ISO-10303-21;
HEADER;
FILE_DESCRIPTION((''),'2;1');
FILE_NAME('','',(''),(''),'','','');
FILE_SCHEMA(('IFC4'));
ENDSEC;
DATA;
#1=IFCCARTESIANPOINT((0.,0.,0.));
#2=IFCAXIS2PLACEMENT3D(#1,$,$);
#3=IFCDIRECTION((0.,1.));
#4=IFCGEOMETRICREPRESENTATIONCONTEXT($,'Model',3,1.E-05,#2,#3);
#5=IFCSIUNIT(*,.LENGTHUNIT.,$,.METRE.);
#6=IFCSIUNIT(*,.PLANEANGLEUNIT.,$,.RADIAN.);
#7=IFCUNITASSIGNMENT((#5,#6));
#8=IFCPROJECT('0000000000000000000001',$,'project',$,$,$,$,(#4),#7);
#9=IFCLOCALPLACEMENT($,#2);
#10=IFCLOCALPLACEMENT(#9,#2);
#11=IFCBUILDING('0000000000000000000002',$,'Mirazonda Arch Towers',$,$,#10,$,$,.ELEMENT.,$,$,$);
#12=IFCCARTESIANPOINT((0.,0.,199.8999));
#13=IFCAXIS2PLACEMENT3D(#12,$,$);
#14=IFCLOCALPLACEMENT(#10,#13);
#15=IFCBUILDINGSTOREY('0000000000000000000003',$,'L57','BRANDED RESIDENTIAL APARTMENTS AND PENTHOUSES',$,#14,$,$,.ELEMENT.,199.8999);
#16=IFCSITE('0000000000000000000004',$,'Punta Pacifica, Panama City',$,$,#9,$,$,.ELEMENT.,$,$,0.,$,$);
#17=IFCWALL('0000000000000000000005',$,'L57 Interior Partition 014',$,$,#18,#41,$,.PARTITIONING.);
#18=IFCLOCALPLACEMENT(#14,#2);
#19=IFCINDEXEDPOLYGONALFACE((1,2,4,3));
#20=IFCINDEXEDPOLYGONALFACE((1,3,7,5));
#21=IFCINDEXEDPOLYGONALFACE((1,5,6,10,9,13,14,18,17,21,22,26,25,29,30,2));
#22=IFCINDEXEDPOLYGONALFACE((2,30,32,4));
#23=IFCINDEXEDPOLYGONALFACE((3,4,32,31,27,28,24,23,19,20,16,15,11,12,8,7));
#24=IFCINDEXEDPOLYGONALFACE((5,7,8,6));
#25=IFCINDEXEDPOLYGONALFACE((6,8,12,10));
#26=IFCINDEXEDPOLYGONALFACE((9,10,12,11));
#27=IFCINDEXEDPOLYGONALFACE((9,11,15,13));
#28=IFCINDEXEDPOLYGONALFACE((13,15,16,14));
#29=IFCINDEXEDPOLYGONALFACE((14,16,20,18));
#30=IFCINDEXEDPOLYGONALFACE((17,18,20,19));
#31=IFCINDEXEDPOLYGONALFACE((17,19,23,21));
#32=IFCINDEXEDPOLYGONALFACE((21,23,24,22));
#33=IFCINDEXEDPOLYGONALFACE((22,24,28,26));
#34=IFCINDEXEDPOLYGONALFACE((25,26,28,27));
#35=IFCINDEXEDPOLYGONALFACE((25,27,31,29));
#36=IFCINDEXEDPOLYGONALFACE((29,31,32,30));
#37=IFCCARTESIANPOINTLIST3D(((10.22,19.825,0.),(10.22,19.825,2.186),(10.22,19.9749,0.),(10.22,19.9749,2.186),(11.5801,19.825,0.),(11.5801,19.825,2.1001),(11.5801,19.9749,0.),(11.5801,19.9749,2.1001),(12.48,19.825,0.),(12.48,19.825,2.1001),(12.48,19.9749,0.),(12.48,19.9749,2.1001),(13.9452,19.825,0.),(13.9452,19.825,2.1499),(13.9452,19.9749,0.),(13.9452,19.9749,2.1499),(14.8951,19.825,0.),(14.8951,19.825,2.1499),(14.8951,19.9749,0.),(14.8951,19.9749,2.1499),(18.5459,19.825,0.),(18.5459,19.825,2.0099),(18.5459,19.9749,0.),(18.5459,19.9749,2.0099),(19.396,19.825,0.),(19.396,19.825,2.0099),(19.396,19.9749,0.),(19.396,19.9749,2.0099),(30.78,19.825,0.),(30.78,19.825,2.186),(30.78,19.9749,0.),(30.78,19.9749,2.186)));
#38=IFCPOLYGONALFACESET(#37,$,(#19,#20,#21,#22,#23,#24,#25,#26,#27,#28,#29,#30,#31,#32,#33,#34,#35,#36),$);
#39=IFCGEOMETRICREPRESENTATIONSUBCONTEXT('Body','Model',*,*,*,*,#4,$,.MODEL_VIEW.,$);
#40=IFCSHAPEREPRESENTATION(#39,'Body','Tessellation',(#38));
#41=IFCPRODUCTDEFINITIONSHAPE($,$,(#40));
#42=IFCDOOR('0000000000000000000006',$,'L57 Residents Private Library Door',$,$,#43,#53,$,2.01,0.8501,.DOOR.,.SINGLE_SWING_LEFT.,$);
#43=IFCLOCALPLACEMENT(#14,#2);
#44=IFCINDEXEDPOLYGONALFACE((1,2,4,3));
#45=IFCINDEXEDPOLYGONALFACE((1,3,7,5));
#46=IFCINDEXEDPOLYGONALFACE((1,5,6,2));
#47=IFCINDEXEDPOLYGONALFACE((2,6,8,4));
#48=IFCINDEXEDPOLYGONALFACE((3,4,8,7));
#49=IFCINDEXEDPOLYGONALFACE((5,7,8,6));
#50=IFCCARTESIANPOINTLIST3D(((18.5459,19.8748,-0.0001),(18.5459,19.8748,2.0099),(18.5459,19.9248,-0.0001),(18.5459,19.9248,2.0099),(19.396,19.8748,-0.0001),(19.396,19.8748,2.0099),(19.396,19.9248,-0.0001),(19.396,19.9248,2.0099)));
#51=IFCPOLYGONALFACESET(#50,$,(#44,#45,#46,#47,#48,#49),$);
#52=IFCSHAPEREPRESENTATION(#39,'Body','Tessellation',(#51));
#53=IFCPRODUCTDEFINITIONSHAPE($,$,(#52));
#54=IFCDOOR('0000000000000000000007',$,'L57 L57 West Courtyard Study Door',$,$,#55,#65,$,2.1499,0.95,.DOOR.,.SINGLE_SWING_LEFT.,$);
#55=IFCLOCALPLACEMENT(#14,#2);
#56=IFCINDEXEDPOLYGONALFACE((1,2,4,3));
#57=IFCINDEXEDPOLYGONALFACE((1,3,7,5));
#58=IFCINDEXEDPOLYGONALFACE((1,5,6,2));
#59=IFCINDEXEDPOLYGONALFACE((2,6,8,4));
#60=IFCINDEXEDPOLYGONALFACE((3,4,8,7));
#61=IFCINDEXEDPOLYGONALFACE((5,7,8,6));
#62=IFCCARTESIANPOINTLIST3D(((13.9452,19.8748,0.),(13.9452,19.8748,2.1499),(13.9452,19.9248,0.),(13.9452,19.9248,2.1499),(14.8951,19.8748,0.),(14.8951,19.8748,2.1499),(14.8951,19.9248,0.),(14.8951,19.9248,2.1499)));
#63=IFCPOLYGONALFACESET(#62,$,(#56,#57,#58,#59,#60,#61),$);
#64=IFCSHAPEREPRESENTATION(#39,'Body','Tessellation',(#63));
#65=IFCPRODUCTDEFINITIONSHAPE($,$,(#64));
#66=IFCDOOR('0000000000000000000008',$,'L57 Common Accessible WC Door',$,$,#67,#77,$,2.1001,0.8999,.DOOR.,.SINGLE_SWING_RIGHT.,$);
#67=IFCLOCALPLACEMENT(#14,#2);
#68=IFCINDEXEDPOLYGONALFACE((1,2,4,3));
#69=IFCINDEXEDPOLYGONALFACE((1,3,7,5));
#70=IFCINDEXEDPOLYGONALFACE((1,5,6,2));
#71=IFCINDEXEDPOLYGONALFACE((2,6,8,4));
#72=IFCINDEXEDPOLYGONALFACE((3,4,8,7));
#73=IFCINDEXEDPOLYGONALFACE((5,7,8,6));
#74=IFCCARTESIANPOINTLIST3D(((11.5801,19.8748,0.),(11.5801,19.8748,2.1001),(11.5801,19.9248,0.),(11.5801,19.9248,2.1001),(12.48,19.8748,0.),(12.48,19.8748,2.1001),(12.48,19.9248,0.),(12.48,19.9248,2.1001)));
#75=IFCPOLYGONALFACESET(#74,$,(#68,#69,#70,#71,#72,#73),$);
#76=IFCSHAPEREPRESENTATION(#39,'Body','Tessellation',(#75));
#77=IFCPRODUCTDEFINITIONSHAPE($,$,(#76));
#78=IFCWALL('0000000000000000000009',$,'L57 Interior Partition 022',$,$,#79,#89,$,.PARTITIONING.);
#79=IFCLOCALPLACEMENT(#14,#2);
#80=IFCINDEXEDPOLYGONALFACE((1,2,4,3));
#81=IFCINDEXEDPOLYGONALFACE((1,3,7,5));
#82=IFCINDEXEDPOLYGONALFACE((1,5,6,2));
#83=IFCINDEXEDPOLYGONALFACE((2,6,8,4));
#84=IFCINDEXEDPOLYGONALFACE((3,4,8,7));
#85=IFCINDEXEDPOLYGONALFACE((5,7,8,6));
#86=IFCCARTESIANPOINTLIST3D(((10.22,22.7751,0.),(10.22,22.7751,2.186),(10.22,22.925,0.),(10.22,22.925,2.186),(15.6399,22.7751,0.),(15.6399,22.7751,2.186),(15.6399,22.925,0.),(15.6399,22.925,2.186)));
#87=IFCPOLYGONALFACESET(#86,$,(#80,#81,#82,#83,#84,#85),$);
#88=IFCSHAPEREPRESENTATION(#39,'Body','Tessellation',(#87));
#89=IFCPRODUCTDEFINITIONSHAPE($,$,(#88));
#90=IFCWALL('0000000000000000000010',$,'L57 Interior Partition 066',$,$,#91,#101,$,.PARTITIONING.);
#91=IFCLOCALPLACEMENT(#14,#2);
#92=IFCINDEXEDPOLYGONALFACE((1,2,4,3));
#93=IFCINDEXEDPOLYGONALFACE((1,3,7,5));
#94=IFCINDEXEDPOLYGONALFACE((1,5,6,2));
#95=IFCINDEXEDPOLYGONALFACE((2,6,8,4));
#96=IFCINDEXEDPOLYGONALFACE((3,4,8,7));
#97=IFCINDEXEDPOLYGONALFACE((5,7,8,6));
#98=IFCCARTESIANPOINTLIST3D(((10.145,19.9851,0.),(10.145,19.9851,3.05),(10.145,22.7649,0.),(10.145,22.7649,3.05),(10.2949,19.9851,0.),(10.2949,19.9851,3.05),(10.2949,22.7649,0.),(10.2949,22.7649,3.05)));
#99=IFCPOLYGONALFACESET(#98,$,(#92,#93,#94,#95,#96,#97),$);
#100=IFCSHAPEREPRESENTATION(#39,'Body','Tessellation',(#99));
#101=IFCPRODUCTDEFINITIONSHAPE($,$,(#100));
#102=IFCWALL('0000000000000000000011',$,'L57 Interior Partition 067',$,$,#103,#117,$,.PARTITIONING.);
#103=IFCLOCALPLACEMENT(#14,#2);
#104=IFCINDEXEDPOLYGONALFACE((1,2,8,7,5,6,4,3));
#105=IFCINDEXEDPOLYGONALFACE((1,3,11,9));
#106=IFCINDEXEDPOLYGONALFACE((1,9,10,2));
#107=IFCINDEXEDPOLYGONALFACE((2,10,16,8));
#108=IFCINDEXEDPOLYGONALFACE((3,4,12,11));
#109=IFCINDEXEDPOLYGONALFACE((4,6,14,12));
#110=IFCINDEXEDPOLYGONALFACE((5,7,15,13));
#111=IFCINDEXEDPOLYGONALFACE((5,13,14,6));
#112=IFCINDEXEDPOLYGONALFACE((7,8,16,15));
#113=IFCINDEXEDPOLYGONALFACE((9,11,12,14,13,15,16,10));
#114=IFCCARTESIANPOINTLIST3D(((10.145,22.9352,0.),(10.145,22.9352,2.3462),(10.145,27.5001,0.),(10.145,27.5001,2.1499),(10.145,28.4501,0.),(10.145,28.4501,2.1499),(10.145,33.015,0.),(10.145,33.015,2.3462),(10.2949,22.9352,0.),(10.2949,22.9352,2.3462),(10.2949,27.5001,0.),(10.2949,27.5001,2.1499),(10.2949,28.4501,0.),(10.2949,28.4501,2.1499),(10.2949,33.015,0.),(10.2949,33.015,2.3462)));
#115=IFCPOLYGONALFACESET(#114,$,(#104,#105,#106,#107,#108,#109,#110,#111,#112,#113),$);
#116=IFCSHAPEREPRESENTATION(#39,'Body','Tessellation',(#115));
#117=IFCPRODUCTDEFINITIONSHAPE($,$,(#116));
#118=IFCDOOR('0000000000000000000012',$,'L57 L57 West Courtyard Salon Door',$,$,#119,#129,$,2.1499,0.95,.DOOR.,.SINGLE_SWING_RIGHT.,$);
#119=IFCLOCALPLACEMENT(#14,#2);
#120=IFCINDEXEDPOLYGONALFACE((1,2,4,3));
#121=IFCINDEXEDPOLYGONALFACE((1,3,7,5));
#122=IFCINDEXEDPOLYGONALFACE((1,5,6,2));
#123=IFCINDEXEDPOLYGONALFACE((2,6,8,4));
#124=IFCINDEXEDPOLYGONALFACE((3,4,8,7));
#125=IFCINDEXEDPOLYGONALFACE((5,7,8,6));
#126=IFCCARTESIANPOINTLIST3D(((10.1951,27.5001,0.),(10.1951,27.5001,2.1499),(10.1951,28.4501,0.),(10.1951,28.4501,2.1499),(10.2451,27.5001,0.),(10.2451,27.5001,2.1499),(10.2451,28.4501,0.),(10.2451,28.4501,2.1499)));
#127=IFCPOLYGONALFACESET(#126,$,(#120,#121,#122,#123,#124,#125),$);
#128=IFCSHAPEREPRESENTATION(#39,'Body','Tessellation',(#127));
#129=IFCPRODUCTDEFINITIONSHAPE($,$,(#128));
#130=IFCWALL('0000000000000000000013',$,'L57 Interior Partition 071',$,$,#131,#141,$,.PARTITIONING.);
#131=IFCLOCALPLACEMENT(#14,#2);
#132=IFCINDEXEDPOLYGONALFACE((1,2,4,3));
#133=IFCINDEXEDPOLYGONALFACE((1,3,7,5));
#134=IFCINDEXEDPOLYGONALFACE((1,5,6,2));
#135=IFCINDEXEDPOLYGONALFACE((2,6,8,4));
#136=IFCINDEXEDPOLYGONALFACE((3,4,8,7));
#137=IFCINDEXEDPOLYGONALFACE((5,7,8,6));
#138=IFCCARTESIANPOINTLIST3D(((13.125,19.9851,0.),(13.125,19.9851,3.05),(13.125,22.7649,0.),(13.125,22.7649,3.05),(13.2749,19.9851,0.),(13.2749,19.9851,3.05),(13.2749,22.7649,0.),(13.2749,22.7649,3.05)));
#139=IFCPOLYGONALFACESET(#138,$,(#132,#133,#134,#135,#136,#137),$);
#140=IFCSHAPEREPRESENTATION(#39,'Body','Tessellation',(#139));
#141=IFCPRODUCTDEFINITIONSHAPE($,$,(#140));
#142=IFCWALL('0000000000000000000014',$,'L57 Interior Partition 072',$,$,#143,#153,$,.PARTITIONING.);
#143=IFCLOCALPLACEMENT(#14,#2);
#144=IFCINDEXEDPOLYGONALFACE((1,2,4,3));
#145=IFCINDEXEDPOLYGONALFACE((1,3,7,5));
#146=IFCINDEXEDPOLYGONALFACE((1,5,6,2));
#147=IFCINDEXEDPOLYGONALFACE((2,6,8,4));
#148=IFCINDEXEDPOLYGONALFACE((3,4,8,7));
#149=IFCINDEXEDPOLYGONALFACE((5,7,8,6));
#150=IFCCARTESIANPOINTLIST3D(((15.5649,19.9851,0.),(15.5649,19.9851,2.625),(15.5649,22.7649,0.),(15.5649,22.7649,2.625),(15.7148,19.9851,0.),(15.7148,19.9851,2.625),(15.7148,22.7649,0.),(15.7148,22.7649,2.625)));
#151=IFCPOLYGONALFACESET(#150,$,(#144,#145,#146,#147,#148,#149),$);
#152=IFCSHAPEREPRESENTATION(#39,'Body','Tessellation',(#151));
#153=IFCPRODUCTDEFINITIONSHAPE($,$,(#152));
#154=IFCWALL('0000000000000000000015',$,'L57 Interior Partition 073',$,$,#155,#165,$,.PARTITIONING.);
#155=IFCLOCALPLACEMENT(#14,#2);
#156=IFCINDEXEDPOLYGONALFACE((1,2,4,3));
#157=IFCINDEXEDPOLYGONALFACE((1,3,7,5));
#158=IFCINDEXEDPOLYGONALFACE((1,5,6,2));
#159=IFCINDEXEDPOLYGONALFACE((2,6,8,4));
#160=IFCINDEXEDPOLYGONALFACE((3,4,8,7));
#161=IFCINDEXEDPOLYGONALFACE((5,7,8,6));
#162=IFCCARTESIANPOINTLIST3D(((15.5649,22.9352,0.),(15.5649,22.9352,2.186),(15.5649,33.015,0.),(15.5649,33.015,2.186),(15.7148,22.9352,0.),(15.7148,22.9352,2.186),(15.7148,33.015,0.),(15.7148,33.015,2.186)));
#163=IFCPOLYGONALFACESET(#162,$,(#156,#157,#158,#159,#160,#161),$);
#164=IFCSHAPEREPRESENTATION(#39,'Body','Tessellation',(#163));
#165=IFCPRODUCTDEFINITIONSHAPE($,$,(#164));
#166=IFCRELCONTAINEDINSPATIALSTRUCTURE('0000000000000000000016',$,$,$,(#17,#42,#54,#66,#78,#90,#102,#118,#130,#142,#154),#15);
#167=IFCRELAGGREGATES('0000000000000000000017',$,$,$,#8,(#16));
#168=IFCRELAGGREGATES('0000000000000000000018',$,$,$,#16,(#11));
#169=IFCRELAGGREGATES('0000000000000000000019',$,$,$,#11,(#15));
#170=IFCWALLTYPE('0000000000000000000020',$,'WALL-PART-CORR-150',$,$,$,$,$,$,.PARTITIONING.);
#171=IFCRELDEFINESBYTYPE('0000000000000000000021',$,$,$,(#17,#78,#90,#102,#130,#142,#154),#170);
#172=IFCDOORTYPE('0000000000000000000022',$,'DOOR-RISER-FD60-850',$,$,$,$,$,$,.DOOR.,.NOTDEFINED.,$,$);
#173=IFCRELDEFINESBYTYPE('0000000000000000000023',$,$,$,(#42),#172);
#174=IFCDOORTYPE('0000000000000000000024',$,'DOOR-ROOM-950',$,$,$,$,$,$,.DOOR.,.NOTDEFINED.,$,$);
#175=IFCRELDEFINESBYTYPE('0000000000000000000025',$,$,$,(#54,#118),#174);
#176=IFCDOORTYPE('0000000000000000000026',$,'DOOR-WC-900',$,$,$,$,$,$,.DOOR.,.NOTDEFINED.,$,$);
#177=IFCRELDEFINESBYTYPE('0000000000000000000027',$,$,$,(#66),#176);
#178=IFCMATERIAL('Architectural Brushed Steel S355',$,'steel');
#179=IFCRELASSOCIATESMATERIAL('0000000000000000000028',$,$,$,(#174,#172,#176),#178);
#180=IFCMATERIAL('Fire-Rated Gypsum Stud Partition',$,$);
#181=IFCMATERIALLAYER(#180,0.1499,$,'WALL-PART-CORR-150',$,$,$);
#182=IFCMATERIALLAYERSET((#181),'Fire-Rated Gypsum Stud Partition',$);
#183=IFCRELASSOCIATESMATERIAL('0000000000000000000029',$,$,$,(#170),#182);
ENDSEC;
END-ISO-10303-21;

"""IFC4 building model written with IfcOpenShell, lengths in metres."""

from ifc_helpers import new_model, si_unit, direction, frame, frame_2d, origin, place, context, subcontext, project, spatial, rectangle, extrude, material, layer, layer_set, type_object, element, fill, save


model = new_model("IFC4")

# Units and contexts
model_context = context("Model", 3, precision=1e-05, world=origin(), true_north=direction((0.0, 1.0)))
body_context = subcontext(model_context, "Body", "Model", "MODEL_VIEW")
ifc_project = project(units=[si_unit("LENGTHUNIT", "METRE"), si_unit("PLANEANGLEUNIT", "RADIAN")], contexts=[model_context])

# Site, building, storey
site_placement = place(None, origin())
site = spatial("IfcSite", under=ifc_project, at=site_placement, Name="Punta Pacifica, Panama City", CompositionType="ELEMENT", RefElevation=0.0)
building_placement = place(site_placement, origin())
building = spatial("IfcBuilding", under=site, at=building_placement, Name="Mirazonda Arch Towers", CompositionType="ELEMENT")
storey_placement = place(building_placement, frame((0.0, 0.0, 199.8999)))
storey = spatial("IfcBuildingStorey", under=building, at=storey_placement, Name="L57", Description="BRANDED RESIDENTIAL APARTMENTS AND PENTHOUSES", CompositionType="ELEMENT", Elevation=199.8999)

# Shared definitions
ifc_material_1 = material(Name="Architectural Brushed Steel S355", Category="steel")

# Shared definitions
door_type_1 = type_object("IfcDoorType", Name="DOOR-ROOM-950", OperationType="NOTDEFINED", PredefinedType="DOOR", material=ifc_material_1)

# Shared definitions
ifc_material_2 = material(Name="Fire-Rated Gypsum Stud Partition")
ifc_layer_1 = layer(ifc_material_2, 0.1499, Name="WALL-PART-CORR-150")
ifc_layer_set_1 = layer_set([ifc_layer_1], Name="Fire-Rated Gypsum Stud Partition")
wall_type_1 = type_object("IfcWallType", Name="WALL-PART-CORR-150", PredefinedType="PARTITIONING", material=ifc_layer_set_1)

# Wall, openings, doors
wall_1_placement = place(storey_placement, frame((10.22, 19.8999, 0.0), z_axis=(0.0, 0.0, 1.0), x_axis=(1.0, 0.0, 0.0)))
wall_1 = element("IfcWall", 1, at=wall_1_placement, inside=storey, type_object=wall_type_1, Name="L57 Interior Partition 014", PredefinedType="PARTITIONING", context=body_context, shape_type="SweptSolid", body=[
    extrude(rectangle(XDim=20.5601, YDim=0.1499, at=frame_2d((10.28, 0.0))), origin(), (0.0, 0.0, 1.0), 2.186),
])
opening_1_placement = place(wall_1_placement, frame((1.3601, 0.0, 0.0)))
opening_1 = element("IfcOpeningElement", 2, at=opening_1_placement, cuts=wall_1, PredefinedType="OPENING", context=body_context, shape_type="SweptSolid", body=[
    extrude(rectangle(XDim=0.8999, YDim=2.1001, at=frame_2d((0.45, 1.05))), frame((0.0, 0.085, 0.0), z_axis=(0.0, -1.0, 0.0), x_axis=(1.0, 0.0, 0.0)), (0.0, 0.0, 1.0), 0.1699),
])
opening_2_placement = place(wall_1_placement, frame((3.7251, 0.0, 0.0)))
opening_2 = element("IfcOpeningElement", 3, at=opening_2_placement, cuts=wall_1, PredefinedType="OPENING", context=body_context, shape_type="SweptSolid", body=[
    extrude(rectangle(XDim=0.95, YDim=2.1499, at=frame_2d((0.4751, 1.075))), frame((0.0, 0.085, 0.0), z_axis=(0.0, -1.0, 0.0), x_axis=(1.0, 0.0, 0.0)), (0.0, 0.0, 1.0), 0.1699),
])
opening_3_placement = place(wall_1_placement, frame((8.3259, 0.0, 0.0)))
opening_3 = element("IfcOpeningElement", 4, at=opening_3_placement, cuts=wall_1, PredefinedType="OPENING", context=body_context, shape_type="SweptSolid", body=[
    extrude(rectangle(XDim=0.8501, YDim=2.01, at=frame_2d((0.425, 1.0049))), frame((0.0, 0.085, 0.0), z_axis=(0.0, -1.0, 0.0), x_axis=(1.0, 0.0, 0.0)), (0.0, 0.0, 1.0), 0.1699),
])
door_type_2 = type_object("IfcDoorType", Name="DOOR-RISER-FD60-850", OperationType="NOTDEFINED", PredefinedType="DOOR", material=ifc_material_1)
door_1_placement = place(opening_3_placement, origin())
door_1 = element("IfcDoor", 5, at=door_1_placement, inside=storey, type_object=door_type_2, Name="L57 Residents Private Library Door", OperationType="SINGLE_SWING_LEFT", OverallHeight=2.01, OverallWidth=0.8501, PredefinedType="DOOR", context=body_context, shape_type="SweptSolid", body=[
    extrude(rectangle(XDim=0.8501, YDim=2.01, at=frame_2d((0.425, 1.0049))), frame((0.0, 0.0249, 0.0), z_axis=(0.0, -1.0, 0.0), x_axis=(1.0, 0.0, 0.0)), (0.0, 0.0, 1.0), 0.05),
])
fill(opening_3, door_1)
door_2_placement = place(opening_2_placement, origin())
door_2 = element("IfcDoor", 6, at=door_2_placement, inside=storey, type_object=door_type_1, Name="L57 L57 West Courtyard Study Door", OperationType="SINGLE_SWING_LEFT", OverallHeight=2.1499, OverallWidth=0.95, PredefinedType="DOOR", context=body_context, shape_type="SweptSolid", body=[
    extrude(rectangle(XDim=0.95, YDim=2.1499, at=frame_2d((0.4751, 1.075))), frame((0.0, 0.0249, 0.0), z_axis=(0.0, -1.0, 0.0), x_axis=(1.0, 0.0, 0.0)), (0.0, 0.0, 1.0), 0.05),
])
fill(opening_2, door_2)
door_type_3 = type_object("IfcDoorType", Name="DOOR-WC-900", OperationType="NOTDEFINED", PredefinedType="DOOR", material=ifc_material_1)
door_3_placement = place(opening_1_placement, origin())
door_3 = element("IfcDoor", 7, at=door_3_placement, inside=storey, type_object=door_type_3, Name="L57 Common Accessible WC Door", OperationType="SINGLE_SWING_RIGHT", OverallHeight=2.1001, OverallWidth=0.8999, PredefinedType="DOOR", context=body_context, shape_type="SweptSolid", body=[
    extrude(rectangle(XDim=0.8999, YDim=2.1001, at=frame_2d((0.45, 1.05))), frame((0.0, 0.0249, 0.0), z_axis=(0.0, -1.0, 0.0), x_axis=(1.0, 0.0, 0.0)), (0.0, 0.0, 1.0), 0.05),
])
fill(opening_1, door_3)

# Walls
wall_2_placement = place(storey_placement, frame((10.22, 22.8501, 0.0), z_axis=(0.0, 0.0, 1.0), x_axis=(1.0, 0.0, 0.0)))
element("IfcWall", 8, at=wall_2_placement, inside=storey, type_object=wall_type_1, Name="L57 Interior Partition 022", PredefinedType="PARTITIONING", context=body_context, shape_type="SweptSolid", body=[
    extrude(rectangle(XDim=5.4199, YDim=0.1499, at=frame_2d((2.71, 0.0))), origin(), (0.0, 0.0, 1.0), 2.186),
])
wall_3_placement = place(storey_placement, frame((10.22, 19.9851, 0.0), z_axis=(0.0, 0.0, 1.0), x_axis=(0.0, 1.0, 0.0)))
element("IfcWall", 9, at=wall_3_placement, inside=storey, type_object=wall_type_1, Name="L57 Interior Partition 066", PredefinedType="PARTITIONING", context=body_context, shape_type="SweptSolid", body=[
    extrude(rectangle(XDim=2.7798, YDim=0.1499, at=frame_2d((1.3899, 0.0))), origin(), (0.0, 0.0, 1.0), 3.05),
])

# Wall, opening, door
wall_4_placement = place(storey_placement, frame((10.22, 22.9351, 0.0), z_axis=(0.0, 0.0, 1.0), x_axis=(0.0, 1.0, 0.0)))
wall_4 = element("IfcWall", 10, at=wall_4_placement, inside=storey, type_object=wall_type_1, Name="L57 Interior Partition 067", PredefinedType="PARTITIONING", context=body_context, shape_type="SweptSolid", body=[
    extrude(rectangle(XDim=10.0798, YDim=0.1499, at=frame_2d((5.04, 0.0))), origin(), (0.0, 0.0, 1.0), 2.3462),
])
opening_4_placement = place(wall_4_placement, frame((4.5649, 0.0, 0.0)))
opening_4 = element("IfcOpeningElement", 11, at=opening_4_placement, cuts=wall_4, PredefinedType="OPENING", context=body_context, shape_type="SweptSolid", body=[
    extrude(rectangle(XDim=0.95, YDim=2.1499, at=frame_2d((0.4751, 1.075))), frame((0.0, 0.085, 0.0), z_axis=(0.0, -1.0, 0.0), x_axis=(1.0, 0.0, 0.0)), (0.0, 0.0, 1.0), 0.1699),
])
door_4_placement = place(opening_4_placement, origin())
door_4 = element("IfcDoor", 12, at=door_4_placement, inside=storey, type_object=door_type_1, Name="L57 L57 West Courtyard Salon Door", OperationType="SINGLE_SWING_RIGHT", OverallHeight=2.1499, OverallWidth=0.95, PredefinedType="DOOR", context=body_context, shape_type="SweptSolid", body=[
    extrude(rectangle(XDim=0.95, YDim=2.1499, at=frame_2d((0.4751, 1.075))), frame((0.0, 0.0249, 0.0), z_axis=(0.0, -1.0, 0.0), x_axis=(1.0, 0.0, 0.0)), (0.0, 0.0, 1.0), 0.05),
])
fill(opening_4, door_4)

# Walls
wall_5_placement = place(storey_placement, frame((13.2, 19.9851, 0.0), z_axis=(0.0, 0.0, 1.0), x_axis=(0.0, 1.0, 0.0)))
element("IfcWall", 13, at=wall_5_placement, inside=storey, type_object=wall_type_1, Name="L57 Interior Partition 071", PredefinedType="PARTITIONING", context=body_context, shape_type="SweptSolid", body=[
    extrude(rectangle(XDim=2.7798, YDim=0.1499, at=frame_2d((1.3899, 0.0))), origin(), (0.0, 0.0, 1.0), 3.05),
])
wall_6_placement = place(storey_placement, frame((15.6399, 19.9851, 0.0), z_axis=(0.0, 0.0, 1.0), x_axis=(0.0, 1.0, 0.0)))
element("IfcWall", 14, at=wall_6_placement, inside=storey, type_object=wall_type_1, Name="L57 Interior Partition 072", PredefinedType="PARTITIONING", context=body_context, shape_type="SweptSolid", body=[
    extrude(rectangle(XDim=2.7798, YDim=0.1499, at=frame_2d((1.3899, 0.0))), origin(), (0.0, 0.0, 1.0), 2.625),
])
wall_7_placement = place(storey_placement, frame((15.6399, 22.9351, 0.0), z_axis=(0.0, 0.0, 1.0), x_axis=(0.0, 1.0, 0.0)))
element("IfcWall", 15, at=wall_7_placement, inside=storey, type_object=wall_type_1, Name="L57 Interior Partition 073", PredefinedType="PARTITIONING", context=body_context, shape_type="SweptSolid", body=[
    extrude(rectangle(XDim=10.0798, YDim=0.1499, at=frame_2d((5.04, 0.0))), origin(), (0.0, 0.0, 1.0), 2.186),
])

save(model, "model.ifc")
